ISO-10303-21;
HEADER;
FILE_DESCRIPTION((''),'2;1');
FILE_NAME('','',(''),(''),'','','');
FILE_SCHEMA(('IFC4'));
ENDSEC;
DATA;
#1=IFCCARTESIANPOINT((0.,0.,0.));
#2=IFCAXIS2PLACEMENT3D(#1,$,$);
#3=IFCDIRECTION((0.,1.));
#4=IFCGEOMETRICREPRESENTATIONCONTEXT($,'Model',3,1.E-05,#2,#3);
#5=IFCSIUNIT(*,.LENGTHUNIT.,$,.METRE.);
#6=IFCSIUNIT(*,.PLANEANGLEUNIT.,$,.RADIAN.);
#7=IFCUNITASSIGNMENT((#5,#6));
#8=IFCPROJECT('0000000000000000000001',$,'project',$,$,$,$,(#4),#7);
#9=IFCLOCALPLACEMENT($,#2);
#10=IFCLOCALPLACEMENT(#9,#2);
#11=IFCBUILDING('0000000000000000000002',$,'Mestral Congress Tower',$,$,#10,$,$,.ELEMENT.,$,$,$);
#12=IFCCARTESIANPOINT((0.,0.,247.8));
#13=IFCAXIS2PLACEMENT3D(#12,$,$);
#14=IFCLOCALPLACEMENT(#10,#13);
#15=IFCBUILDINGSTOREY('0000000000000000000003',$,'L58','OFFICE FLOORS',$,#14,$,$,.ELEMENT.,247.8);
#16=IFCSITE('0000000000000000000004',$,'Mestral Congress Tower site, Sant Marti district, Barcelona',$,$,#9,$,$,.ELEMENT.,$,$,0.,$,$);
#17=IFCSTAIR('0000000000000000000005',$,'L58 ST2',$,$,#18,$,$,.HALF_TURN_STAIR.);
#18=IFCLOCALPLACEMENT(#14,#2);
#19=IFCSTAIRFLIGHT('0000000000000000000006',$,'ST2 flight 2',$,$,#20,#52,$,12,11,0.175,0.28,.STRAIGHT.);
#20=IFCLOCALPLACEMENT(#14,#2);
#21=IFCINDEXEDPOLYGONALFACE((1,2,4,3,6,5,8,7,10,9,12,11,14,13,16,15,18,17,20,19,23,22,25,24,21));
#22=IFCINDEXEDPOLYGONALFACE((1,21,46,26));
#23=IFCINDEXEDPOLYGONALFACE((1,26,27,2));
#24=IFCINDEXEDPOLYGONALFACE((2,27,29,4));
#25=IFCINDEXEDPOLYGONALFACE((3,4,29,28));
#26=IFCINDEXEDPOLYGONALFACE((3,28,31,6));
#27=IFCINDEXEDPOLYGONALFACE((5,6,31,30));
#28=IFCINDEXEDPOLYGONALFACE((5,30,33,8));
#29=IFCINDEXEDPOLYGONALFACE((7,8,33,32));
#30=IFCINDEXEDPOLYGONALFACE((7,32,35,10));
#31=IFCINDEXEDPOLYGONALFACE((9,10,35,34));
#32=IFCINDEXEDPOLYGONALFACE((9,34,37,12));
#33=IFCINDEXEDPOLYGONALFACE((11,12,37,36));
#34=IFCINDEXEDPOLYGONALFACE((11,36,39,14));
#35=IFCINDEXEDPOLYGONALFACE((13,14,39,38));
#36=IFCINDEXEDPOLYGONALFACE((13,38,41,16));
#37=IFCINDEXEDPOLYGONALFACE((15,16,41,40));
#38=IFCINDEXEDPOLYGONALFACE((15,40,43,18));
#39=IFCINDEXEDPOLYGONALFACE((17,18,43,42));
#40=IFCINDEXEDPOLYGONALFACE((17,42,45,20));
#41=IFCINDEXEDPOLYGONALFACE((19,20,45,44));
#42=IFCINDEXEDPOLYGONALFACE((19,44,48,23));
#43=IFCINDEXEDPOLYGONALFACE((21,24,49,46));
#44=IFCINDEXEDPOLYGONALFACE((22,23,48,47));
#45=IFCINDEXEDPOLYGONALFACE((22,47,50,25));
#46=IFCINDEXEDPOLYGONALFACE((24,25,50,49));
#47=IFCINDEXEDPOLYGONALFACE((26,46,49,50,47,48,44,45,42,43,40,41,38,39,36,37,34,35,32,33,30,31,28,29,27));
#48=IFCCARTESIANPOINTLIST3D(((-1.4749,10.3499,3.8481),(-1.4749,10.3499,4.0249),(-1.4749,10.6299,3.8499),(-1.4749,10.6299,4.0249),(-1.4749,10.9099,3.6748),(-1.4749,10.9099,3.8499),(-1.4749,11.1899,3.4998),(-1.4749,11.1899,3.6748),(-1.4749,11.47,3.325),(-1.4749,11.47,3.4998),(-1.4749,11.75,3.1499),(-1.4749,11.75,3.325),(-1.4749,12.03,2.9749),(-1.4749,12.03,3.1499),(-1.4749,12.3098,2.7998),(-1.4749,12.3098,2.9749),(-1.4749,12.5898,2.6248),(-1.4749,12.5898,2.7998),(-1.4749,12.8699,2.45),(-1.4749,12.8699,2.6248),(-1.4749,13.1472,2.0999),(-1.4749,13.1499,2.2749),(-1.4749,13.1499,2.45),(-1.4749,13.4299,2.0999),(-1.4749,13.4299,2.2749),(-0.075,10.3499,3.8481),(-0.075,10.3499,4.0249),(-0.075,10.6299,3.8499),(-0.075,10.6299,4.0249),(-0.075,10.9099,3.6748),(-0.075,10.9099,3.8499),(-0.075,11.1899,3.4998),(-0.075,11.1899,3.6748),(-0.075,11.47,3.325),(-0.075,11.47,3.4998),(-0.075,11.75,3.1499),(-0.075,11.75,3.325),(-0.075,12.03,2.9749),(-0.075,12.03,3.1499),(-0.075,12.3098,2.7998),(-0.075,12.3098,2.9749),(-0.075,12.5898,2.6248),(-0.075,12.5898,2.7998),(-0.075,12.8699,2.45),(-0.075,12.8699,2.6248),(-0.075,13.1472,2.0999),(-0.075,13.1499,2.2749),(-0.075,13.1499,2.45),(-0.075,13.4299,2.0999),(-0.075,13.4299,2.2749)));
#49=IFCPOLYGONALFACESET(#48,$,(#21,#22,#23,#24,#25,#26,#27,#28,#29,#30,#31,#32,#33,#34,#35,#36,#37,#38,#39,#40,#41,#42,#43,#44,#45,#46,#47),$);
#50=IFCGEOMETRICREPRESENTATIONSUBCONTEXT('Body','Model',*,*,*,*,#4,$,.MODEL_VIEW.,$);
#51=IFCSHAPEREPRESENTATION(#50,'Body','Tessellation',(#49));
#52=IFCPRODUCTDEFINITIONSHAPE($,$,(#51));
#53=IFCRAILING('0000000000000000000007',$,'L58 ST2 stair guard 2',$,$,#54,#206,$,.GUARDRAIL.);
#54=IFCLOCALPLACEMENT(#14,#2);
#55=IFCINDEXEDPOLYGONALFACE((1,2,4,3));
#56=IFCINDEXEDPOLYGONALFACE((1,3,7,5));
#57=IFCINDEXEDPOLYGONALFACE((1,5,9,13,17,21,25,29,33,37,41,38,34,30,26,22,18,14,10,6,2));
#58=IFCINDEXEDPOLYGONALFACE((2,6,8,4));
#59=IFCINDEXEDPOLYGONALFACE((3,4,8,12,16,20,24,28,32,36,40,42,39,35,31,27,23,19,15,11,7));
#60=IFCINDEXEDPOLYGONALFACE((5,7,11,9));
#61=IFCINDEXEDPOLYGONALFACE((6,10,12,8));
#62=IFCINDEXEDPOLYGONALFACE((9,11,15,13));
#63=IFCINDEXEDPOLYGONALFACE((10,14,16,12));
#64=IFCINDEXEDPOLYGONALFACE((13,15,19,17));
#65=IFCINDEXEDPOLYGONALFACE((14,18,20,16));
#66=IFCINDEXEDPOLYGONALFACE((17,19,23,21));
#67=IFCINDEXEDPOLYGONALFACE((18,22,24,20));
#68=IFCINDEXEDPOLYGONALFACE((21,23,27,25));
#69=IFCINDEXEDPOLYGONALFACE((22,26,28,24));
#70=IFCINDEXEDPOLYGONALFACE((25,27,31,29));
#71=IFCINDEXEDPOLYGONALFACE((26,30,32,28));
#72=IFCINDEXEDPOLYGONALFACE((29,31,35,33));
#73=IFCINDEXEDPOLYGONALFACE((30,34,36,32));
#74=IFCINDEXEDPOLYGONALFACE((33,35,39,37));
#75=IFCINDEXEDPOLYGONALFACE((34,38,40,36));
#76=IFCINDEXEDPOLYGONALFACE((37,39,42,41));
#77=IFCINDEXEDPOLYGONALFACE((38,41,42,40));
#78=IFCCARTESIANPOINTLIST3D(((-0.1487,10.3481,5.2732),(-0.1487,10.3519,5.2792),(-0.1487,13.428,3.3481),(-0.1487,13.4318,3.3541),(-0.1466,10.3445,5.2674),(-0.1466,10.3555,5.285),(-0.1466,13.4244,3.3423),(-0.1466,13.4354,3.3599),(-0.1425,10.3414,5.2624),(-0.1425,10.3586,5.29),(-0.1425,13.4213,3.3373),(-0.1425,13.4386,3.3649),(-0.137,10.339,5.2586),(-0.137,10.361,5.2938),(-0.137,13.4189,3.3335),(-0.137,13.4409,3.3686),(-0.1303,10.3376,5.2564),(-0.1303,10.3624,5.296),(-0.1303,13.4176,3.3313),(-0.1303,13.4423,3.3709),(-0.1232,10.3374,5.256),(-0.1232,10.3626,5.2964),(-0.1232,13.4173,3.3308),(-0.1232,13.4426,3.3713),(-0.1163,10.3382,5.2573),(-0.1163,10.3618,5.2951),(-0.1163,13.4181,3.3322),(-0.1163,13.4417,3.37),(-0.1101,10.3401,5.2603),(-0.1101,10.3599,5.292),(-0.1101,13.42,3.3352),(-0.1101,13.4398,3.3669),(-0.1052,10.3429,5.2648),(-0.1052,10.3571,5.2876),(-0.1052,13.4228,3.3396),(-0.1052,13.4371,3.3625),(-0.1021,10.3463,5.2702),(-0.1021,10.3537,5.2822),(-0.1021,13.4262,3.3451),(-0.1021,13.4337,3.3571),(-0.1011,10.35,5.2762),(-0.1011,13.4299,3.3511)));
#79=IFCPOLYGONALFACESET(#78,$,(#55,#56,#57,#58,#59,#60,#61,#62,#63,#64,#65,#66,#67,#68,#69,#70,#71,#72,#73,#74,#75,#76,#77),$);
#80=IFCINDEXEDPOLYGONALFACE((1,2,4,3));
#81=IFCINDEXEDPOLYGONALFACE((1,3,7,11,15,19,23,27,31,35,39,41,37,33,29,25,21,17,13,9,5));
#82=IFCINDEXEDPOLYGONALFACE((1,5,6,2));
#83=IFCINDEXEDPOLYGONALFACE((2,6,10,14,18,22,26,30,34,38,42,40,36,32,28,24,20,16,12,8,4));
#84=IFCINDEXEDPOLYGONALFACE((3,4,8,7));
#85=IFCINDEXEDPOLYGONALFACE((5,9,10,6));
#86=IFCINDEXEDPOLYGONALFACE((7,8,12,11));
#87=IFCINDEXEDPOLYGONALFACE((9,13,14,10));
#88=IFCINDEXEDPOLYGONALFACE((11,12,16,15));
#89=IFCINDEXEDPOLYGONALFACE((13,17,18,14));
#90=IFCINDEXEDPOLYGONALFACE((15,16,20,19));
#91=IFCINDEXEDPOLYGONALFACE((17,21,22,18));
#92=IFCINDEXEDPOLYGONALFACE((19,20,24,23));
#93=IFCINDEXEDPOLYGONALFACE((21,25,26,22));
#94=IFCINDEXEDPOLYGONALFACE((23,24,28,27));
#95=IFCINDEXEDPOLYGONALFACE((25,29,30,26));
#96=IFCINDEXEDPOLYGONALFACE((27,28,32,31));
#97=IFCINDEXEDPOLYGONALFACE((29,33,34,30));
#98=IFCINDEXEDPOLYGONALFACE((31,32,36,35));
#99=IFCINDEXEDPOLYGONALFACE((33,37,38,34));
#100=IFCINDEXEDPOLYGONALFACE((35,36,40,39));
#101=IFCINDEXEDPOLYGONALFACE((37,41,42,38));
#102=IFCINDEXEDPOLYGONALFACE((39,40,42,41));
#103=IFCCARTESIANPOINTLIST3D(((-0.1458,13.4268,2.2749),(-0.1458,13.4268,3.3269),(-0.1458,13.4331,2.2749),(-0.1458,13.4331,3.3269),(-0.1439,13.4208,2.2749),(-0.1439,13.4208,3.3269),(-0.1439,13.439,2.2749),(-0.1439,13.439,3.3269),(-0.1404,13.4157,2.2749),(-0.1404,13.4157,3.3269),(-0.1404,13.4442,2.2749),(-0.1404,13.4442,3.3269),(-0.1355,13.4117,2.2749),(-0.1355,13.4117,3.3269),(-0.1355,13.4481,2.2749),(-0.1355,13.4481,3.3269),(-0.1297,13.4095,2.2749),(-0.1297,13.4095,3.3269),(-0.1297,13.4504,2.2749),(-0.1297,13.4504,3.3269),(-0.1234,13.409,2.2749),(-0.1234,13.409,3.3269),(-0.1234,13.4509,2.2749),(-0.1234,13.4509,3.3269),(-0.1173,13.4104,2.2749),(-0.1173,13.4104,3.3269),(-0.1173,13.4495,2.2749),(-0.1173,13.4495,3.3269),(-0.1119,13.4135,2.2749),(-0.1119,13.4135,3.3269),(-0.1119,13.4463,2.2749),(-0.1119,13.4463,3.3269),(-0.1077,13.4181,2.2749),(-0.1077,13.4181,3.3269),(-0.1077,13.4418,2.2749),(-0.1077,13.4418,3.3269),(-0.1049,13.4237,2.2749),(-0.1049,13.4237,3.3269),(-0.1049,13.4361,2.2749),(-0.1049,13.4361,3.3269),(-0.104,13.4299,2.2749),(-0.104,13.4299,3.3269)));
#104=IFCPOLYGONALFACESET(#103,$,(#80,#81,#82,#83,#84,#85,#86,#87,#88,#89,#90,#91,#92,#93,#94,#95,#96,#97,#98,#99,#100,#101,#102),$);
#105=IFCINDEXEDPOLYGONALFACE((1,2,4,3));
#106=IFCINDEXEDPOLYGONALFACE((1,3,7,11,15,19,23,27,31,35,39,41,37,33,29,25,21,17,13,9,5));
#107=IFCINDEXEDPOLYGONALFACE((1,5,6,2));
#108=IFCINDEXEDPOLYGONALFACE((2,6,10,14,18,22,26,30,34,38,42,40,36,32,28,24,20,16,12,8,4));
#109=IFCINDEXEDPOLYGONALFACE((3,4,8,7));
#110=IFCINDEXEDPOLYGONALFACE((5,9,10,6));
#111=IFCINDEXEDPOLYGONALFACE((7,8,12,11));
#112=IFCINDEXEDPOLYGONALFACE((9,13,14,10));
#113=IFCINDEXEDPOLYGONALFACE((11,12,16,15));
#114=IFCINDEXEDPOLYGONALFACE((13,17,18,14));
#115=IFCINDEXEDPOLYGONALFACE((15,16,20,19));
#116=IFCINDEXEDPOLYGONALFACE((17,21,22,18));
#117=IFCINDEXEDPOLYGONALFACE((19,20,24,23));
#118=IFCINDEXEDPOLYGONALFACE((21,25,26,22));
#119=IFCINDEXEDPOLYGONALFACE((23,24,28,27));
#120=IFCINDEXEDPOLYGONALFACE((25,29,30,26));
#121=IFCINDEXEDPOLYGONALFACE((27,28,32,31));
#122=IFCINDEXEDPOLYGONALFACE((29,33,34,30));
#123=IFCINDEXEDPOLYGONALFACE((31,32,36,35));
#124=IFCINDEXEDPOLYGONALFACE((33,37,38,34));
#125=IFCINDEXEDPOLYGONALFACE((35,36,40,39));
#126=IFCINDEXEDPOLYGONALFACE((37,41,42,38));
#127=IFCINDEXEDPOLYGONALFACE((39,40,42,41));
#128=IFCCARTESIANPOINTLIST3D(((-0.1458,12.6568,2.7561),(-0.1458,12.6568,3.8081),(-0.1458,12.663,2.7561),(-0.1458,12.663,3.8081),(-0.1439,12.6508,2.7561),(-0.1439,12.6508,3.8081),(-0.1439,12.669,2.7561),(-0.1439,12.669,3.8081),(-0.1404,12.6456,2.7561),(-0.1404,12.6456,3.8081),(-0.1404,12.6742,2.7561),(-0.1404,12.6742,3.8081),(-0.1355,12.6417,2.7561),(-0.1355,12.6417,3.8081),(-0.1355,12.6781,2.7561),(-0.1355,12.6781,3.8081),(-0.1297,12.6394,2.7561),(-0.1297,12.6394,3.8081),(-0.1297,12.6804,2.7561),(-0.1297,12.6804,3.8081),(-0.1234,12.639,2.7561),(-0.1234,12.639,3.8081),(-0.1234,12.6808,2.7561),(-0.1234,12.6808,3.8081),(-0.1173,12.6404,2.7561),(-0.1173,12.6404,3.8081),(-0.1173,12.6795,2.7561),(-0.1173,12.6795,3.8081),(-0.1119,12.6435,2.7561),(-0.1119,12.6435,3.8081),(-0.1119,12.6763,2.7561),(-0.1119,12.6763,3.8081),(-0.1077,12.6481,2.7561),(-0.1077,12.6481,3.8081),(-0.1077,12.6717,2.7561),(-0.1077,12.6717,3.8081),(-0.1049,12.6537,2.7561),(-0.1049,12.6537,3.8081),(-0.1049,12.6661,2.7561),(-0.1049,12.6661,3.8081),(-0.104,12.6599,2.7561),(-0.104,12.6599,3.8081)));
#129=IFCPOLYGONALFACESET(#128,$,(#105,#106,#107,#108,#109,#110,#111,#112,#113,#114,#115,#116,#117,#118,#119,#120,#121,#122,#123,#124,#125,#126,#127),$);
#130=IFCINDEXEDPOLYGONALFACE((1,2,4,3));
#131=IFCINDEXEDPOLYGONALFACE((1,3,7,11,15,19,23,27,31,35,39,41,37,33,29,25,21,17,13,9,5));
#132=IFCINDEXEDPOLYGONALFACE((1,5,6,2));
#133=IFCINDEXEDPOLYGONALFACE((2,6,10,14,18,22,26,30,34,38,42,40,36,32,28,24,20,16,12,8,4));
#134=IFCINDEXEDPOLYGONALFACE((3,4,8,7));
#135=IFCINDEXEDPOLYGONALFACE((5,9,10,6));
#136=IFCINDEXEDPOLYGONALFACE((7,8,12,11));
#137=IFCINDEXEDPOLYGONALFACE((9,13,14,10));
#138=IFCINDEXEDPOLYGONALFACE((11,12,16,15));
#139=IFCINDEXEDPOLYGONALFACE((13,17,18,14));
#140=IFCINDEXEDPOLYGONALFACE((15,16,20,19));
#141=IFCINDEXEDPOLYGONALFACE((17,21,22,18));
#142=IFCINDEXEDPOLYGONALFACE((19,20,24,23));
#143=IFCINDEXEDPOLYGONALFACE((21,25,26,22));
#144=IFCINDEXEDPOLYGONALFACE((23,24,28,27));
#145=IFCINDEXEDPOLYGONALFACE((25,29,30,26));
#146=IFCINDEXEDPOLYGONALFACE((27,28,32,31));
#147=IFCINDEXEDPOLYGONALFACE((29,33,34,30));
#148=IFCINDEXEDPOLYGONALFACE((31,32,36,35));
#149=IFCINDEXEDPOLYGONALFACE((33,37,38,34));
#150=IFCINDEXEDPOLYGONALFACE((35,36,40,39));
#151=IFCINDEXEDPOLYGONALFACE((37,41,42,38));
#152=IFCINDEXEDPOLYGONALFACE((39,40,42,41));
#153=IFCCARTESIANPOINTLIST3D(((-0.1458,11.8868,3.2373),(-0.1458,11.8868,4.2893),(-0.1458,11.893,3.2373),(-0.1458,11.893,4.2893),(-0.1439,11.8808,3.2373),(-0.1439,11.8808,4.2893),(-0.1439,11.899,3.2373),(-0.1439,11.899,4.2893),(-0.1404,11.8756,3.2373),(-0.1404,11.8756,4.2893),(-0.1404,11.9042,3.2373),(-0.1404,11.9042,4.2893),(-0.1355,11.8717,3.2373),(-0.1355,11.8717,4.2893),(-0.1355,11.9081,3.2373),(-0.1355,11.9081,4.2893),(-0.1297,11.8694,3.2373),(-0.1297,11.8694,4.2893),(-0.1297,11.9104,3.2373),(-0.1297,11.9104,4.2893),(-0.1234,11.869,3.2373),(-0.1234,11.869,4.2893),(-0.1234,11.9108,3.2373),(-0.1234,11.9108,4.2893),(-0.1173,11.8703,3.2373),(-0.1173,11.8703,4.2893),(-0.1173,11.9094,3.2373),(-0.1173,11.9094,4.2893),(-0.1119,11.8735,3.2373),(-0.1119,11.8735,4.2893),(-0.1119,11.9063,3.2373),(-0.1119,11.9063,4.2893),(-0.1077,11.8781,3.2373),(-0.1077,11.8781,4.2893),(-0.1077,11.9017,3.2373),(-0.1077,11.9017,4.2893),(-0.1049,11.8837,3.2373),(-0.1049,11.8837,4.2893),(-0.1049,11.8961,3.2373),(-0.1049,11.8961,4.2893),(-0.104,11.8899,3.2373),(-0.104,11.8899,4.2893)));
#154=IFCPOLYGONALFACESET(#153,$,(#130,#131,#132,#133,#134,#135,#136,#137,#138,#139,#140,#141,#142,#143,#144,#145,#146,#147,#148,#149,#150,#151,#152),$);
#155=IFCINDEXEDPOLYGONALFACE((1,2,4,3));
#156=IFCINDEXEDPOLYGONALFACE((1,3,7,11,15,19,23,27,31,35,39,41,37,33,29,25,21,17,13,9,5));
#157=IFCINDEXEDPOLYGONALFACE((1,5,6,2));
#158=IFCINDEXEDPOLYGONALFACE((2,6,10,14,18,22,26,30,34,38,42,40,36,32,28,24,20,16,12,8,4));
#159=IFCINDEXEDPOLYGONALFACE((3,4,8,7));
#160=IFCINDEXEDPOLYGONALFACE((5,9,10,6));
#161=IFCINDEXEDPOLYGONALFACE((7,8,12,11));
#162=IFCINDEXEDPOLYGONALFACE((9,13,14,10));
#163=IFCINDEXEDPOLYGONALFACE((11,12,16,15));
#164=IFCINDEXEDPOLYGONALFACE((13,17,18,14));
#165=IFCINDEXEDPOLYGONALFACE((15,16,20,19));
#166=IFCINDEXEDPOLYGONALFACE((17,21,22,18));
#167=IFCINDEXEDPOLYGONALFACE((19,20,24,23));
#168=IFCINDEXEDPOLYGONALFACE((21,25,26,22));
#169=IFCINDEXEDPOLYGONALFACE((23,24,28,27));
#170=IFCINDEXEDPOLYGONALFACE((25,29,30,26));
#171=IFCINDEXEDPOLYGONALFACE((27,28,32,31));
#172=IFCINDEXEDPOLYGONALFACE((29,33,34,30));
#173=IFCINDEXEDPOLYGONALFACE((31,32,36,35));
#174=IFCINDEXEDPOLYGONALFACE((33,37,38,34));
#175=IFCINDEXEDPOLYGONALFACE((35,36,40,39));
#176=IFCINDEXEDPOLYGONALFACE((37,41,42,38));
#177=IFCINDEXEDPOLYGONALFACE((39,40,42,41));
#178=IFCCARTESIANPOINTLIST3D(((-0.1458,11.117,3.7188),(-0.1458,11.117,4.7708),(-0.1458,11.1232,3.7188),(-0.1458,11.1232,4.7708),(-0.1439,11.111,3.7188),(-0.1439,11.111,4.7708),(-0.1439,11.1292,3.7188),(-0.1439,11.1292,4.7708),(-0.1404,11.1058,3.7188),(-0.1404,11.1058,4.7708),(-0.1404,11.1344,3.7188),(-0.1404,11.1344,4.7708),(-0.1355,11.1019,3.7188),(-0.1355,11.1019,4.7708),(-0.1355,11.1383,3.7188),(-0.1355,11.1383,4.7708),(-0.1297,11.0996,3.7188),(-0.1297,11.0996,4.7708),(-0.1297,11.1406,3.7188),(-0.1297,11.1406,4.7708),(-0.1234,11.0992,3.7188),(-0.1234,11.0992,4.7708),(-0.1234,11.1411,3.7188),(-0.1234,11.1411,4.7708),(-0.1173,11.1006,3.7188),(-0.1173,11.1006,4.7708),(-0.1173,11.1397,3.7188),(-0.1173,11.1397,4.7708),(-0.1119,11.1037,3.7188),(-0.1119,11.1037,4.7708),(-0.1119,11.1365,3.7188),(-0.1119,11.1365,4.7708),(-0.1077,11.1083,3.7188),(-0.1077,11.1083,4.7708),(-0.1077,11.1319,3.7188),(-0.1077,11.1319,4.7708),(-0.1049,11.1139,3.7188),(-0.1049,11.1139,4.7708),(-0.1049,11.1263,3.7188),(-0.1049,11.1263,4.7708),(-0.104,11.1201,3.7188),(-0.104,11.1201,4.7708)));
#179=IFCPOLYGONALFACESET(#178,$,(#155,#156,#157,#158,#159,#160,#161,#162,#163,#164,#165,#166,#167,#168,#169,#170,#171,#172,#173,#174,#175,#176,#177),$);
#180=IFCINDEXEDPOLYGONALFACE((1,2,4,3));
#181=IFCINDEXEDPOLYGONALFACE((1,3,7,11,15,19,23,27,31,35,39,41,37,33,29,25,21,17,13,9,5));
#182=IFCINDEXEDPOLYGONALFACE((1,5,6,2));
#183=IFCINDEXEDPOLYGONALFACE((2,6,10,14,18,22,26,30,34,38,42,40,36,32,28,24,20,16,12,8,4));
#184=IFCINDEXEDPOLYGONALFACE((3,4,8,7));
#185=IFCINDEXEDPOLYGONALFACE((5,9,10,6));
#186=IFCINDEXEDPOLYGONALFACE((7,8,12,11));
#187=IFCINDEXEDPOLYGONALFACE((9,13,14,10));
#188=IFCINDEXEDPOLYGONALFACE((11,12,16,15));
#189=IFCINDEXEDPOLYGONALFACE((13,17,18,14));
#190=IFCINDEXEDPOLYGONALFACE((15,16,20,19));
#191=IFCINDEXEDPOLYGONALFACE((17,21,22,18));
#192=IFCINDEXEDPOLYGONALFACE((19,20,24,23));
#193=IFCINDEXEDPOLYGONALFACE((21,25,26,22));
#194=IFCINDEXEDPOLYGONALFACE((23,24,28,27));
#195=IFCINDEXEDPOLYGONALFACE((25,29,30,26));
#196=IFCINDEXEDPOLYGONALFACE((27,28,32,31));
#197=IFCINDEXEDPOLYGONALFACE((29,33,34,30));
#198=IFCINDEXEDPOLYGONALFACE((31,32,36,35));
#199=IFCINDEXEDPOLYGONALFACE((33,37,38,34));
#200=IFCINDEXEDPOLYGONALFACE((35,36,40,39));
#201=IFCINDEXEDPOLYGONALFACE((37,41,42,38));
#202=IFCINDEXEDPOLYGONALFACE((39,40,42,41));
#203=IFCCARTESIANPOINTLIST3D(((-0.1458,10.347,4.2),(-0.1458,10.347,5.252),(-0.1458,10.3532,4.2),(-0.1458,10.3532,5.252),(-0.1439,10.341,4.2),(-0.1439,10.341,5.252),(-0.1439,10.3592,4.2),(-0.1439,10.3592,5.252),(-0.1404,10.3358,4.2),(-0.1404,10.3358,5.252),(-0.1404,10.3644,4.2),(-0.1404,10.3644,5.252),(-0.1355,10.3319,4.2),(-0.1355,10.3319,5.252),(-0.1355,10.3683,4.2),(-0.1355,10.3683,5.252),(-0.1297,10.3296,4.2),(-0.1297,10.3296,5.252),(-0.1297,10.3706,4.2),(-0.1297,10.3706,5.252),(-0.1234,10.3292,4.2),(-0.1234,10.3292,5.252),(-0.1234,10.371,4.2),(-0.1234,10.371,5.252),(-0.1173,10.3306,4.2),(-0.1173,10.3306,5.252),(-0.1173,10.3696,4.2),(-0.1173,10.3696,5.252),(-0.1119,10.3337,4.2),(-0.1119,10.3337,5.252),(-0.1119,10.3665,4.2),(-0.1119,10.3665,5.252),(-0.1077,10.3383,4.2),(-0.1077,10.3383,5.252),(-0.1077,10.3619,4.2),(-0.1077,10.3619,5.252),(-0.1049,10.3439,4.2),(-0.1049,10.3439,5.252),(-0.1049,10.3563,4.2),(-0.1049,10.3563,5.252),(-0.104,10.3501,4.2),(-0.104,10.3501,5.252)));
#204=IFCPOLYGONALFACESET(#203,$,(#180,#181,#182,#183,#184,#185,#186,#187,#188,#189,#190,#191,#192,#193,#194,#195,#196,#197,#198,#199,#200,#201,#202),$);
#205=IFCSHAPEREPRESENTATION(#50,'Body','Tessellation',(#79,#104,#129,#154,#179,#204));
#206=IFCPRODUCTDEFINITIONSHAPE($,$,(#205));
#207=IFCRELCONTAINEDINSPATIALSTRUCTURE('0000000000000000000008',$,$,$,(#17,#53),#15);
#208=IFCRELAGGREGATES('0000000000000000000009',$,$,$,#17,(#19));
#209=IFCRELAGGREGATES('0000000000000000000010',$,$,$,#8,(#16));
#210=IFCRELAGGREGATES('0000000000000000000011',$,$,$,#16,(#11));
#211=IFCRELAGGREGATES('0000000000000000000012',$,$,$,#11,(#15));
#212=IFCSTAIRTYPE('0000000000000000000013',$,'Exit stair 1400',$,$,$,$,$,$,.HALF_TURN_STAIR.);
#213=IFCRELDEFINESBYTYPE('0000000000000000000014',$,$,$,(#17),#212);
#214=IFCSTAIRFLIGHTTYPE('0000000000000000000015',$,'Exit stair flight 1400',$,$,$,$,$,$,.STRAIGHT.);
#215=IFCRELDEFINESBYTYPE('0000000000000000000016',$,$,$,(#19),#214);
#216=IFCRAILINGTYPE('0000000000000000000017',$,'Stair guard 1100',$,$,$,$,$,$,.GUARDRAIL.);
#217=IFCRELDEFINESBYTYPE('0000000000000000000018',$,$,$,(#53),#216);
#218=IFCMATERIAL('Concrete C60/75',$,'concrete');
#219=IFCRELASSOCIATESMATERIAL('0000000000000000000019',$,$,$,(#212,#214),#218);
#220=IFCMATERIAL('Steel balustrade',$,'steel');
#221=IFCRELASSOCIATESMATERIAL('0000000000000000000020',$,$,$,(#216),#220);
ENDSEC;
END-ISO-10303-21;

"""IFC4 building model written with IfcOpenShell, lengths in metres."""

from ifc_helpers import new_model, si_unit, direction, frame, origin, origin_2d, place, context, subcontext, project, spatial, polyline, circle, outline, extrude, material, type_object, element, aggregate, save


model = new_model("IFC4")

# Units and contexts
model_context = context("Model", 3, precision=1e-05, world=origin(), true_north=direction((0.0, 1.0)))
body_context = subcontext(model_context, "Body", "Model", "MODEL_VIEW")
ifc_project = project(units=[si_unit("LENGTHUNIT", "METRE"), si_unit("PLANEANGLEUNIT", "RADIAN")], contexts=[model_context])

# Site, building, storey
site_placement = place(None, origin())
site = spatial("IfcSite", under=ifc_project, at=site_placement, Name="Mestral Congress Tower site, Sant Marti district, Barcelona", CompositionType="ELEMENT", RefElevation=0.0)
building_placement = place(site_placement, origin())
building = spatial("IfcBuilding", under=site, at=building_placement, Name="Mestral Congress Tower", CompositionType="ELEMENT")
storey_placement = place(building_placement, frame((0.0, 0.0, 247.8)))
storey = spatial("IfcBuildingStorey", under=building, at=storey_placement, Name="L58", Description="OFFICE FLOORS", CompositionType="ELEMENT", Elevation=247.8)

# Shared definitions
ifc_material_1 = material(Name="Concrete C60/75", Category="concrete")

# Stair, stair flight
stair_type = type_object("IfcStairType", Name="Exit stair 1400", PredefinedType="HALF_TURN_STAIR", material=ifc_material_1)
stair_placement = place(storey_placement, origin())
stair = element("IfcStair", 1, at=stair_placement, inside=storey, type_object=stair_type, Name="L58 ST2", PredefinedType="HALF_TURN_STAIR")
stair_flight_type = type_object("IfcStairFlightType", Name="Exit stair flight 1400", PredefinedType="STRAIGHT", material=ifc_material_1)
stair_flight_placement = place(storey_placement, frame((-0.7749, 13.4299, 2.0999), z_axis=(0.0, 0.0, 1.0), x_axis=(0.0, -1.0, 0.0)))
stair_flight = element("IfcStairFlight", 2, at=stair_flight_placement, type_object=stair_flight_type, Name="ST2 flight 2", NumberOfRisers=12, NumberOfTreads=11, PredefinedType="STRAIGHT", RiserHeight=0.175, TreadLength=0.28, context=body_context, shape_type="SweptSolid", body=[
    extrude(outline(polyline([(0.0, 0.0), (0.0, 0.175), (0.28, 0.175), (0.28, 0.3501), (0.5601, 0.3501), (0.5601, 0.5249), (0.8401, 0.5249), (0.8401, 0.7), (1.1201, 0.7), (1.1201, 0.875), (1.3999, 0.875), (1.3999, 1.05), (1.6799, 1.05), (1.6799, 1.2251), (1.96, 1.2251), (1.96, 1.3999), (2.24, 1.3999), (2.24, 1.575), (2.52, 1.575), (2.52, 1.75), (2.8, 1.75), (2.8, 1.925), (3.0801, 1.925), (3.0801, 2.1001), (3.0801, 1.7483), (0.2827, 0.0), (0.0, 0.0)])), frame((0.0, 0.7, 0.0), z_axis=(0.0, -1.0, 0.0), x_axis=(1.0, 0.0, 0.0)), (0.0, 0.0, 1.0), 1.3999),
])
aggregate(stair, [stair_flight])

# Railing
ifc_material_2 = material(Name="Steel balustrade", Category="steel")
railing_type = type_object("IfcRailingType", Name="Stair guard 1100", PredefinedType="GUARDRAIL", material=ifc_material_2)
railing_placement = place(storey_placement, frame((-0.125, 13.4299, 2.2749)))
element("IfcRailing", 3, at=railing_placement, inside=storey, type_object=railing_type, Name="L58 ST2 stair guard 2", PredefinedType="GUARDRAIL", context=body_context, shape_type="SweptSolid", body=[
    extrude(circle(Radius=0.0239, at=origin_2d()), frame((0.0, 0.0, 1.0762), z_axis=(0.0, -0.847979, 0.530029), x_axis=(1.0, 0.0, 0.0)), (0.0, 0.0, 1.0), 3.6321),
    extrude(circle(Radius=0.021, at=origin_2d()), origin(), (0.0, 0.0, 1.0), 1.052),
    extrude(circle(Radius=0.021, at=origin_2d()), frame((0.0, -0.77, 0.4812)), (0.0, 0.0, 1.0), 1.052),
    extrude(circle(Radius=0.021, at=origin_2d()), frame((0.0, -1.54, 0.9624)), (0.0, 0.0, 1.0), 1.052),
    extrude(circle(Radius=0.021, at=origin_2d()), frame((0.0, -2.3098, 1.4438)), (0.0, 0.0, 1.0), 1.052),
    extrude(circle(Radius=0.021, at=origin_2d()), frame((0.0, -3.0798, 1.925)), (0.0, 0.0, 1.0), 1.052),
])

save(model, "model.ifc")
